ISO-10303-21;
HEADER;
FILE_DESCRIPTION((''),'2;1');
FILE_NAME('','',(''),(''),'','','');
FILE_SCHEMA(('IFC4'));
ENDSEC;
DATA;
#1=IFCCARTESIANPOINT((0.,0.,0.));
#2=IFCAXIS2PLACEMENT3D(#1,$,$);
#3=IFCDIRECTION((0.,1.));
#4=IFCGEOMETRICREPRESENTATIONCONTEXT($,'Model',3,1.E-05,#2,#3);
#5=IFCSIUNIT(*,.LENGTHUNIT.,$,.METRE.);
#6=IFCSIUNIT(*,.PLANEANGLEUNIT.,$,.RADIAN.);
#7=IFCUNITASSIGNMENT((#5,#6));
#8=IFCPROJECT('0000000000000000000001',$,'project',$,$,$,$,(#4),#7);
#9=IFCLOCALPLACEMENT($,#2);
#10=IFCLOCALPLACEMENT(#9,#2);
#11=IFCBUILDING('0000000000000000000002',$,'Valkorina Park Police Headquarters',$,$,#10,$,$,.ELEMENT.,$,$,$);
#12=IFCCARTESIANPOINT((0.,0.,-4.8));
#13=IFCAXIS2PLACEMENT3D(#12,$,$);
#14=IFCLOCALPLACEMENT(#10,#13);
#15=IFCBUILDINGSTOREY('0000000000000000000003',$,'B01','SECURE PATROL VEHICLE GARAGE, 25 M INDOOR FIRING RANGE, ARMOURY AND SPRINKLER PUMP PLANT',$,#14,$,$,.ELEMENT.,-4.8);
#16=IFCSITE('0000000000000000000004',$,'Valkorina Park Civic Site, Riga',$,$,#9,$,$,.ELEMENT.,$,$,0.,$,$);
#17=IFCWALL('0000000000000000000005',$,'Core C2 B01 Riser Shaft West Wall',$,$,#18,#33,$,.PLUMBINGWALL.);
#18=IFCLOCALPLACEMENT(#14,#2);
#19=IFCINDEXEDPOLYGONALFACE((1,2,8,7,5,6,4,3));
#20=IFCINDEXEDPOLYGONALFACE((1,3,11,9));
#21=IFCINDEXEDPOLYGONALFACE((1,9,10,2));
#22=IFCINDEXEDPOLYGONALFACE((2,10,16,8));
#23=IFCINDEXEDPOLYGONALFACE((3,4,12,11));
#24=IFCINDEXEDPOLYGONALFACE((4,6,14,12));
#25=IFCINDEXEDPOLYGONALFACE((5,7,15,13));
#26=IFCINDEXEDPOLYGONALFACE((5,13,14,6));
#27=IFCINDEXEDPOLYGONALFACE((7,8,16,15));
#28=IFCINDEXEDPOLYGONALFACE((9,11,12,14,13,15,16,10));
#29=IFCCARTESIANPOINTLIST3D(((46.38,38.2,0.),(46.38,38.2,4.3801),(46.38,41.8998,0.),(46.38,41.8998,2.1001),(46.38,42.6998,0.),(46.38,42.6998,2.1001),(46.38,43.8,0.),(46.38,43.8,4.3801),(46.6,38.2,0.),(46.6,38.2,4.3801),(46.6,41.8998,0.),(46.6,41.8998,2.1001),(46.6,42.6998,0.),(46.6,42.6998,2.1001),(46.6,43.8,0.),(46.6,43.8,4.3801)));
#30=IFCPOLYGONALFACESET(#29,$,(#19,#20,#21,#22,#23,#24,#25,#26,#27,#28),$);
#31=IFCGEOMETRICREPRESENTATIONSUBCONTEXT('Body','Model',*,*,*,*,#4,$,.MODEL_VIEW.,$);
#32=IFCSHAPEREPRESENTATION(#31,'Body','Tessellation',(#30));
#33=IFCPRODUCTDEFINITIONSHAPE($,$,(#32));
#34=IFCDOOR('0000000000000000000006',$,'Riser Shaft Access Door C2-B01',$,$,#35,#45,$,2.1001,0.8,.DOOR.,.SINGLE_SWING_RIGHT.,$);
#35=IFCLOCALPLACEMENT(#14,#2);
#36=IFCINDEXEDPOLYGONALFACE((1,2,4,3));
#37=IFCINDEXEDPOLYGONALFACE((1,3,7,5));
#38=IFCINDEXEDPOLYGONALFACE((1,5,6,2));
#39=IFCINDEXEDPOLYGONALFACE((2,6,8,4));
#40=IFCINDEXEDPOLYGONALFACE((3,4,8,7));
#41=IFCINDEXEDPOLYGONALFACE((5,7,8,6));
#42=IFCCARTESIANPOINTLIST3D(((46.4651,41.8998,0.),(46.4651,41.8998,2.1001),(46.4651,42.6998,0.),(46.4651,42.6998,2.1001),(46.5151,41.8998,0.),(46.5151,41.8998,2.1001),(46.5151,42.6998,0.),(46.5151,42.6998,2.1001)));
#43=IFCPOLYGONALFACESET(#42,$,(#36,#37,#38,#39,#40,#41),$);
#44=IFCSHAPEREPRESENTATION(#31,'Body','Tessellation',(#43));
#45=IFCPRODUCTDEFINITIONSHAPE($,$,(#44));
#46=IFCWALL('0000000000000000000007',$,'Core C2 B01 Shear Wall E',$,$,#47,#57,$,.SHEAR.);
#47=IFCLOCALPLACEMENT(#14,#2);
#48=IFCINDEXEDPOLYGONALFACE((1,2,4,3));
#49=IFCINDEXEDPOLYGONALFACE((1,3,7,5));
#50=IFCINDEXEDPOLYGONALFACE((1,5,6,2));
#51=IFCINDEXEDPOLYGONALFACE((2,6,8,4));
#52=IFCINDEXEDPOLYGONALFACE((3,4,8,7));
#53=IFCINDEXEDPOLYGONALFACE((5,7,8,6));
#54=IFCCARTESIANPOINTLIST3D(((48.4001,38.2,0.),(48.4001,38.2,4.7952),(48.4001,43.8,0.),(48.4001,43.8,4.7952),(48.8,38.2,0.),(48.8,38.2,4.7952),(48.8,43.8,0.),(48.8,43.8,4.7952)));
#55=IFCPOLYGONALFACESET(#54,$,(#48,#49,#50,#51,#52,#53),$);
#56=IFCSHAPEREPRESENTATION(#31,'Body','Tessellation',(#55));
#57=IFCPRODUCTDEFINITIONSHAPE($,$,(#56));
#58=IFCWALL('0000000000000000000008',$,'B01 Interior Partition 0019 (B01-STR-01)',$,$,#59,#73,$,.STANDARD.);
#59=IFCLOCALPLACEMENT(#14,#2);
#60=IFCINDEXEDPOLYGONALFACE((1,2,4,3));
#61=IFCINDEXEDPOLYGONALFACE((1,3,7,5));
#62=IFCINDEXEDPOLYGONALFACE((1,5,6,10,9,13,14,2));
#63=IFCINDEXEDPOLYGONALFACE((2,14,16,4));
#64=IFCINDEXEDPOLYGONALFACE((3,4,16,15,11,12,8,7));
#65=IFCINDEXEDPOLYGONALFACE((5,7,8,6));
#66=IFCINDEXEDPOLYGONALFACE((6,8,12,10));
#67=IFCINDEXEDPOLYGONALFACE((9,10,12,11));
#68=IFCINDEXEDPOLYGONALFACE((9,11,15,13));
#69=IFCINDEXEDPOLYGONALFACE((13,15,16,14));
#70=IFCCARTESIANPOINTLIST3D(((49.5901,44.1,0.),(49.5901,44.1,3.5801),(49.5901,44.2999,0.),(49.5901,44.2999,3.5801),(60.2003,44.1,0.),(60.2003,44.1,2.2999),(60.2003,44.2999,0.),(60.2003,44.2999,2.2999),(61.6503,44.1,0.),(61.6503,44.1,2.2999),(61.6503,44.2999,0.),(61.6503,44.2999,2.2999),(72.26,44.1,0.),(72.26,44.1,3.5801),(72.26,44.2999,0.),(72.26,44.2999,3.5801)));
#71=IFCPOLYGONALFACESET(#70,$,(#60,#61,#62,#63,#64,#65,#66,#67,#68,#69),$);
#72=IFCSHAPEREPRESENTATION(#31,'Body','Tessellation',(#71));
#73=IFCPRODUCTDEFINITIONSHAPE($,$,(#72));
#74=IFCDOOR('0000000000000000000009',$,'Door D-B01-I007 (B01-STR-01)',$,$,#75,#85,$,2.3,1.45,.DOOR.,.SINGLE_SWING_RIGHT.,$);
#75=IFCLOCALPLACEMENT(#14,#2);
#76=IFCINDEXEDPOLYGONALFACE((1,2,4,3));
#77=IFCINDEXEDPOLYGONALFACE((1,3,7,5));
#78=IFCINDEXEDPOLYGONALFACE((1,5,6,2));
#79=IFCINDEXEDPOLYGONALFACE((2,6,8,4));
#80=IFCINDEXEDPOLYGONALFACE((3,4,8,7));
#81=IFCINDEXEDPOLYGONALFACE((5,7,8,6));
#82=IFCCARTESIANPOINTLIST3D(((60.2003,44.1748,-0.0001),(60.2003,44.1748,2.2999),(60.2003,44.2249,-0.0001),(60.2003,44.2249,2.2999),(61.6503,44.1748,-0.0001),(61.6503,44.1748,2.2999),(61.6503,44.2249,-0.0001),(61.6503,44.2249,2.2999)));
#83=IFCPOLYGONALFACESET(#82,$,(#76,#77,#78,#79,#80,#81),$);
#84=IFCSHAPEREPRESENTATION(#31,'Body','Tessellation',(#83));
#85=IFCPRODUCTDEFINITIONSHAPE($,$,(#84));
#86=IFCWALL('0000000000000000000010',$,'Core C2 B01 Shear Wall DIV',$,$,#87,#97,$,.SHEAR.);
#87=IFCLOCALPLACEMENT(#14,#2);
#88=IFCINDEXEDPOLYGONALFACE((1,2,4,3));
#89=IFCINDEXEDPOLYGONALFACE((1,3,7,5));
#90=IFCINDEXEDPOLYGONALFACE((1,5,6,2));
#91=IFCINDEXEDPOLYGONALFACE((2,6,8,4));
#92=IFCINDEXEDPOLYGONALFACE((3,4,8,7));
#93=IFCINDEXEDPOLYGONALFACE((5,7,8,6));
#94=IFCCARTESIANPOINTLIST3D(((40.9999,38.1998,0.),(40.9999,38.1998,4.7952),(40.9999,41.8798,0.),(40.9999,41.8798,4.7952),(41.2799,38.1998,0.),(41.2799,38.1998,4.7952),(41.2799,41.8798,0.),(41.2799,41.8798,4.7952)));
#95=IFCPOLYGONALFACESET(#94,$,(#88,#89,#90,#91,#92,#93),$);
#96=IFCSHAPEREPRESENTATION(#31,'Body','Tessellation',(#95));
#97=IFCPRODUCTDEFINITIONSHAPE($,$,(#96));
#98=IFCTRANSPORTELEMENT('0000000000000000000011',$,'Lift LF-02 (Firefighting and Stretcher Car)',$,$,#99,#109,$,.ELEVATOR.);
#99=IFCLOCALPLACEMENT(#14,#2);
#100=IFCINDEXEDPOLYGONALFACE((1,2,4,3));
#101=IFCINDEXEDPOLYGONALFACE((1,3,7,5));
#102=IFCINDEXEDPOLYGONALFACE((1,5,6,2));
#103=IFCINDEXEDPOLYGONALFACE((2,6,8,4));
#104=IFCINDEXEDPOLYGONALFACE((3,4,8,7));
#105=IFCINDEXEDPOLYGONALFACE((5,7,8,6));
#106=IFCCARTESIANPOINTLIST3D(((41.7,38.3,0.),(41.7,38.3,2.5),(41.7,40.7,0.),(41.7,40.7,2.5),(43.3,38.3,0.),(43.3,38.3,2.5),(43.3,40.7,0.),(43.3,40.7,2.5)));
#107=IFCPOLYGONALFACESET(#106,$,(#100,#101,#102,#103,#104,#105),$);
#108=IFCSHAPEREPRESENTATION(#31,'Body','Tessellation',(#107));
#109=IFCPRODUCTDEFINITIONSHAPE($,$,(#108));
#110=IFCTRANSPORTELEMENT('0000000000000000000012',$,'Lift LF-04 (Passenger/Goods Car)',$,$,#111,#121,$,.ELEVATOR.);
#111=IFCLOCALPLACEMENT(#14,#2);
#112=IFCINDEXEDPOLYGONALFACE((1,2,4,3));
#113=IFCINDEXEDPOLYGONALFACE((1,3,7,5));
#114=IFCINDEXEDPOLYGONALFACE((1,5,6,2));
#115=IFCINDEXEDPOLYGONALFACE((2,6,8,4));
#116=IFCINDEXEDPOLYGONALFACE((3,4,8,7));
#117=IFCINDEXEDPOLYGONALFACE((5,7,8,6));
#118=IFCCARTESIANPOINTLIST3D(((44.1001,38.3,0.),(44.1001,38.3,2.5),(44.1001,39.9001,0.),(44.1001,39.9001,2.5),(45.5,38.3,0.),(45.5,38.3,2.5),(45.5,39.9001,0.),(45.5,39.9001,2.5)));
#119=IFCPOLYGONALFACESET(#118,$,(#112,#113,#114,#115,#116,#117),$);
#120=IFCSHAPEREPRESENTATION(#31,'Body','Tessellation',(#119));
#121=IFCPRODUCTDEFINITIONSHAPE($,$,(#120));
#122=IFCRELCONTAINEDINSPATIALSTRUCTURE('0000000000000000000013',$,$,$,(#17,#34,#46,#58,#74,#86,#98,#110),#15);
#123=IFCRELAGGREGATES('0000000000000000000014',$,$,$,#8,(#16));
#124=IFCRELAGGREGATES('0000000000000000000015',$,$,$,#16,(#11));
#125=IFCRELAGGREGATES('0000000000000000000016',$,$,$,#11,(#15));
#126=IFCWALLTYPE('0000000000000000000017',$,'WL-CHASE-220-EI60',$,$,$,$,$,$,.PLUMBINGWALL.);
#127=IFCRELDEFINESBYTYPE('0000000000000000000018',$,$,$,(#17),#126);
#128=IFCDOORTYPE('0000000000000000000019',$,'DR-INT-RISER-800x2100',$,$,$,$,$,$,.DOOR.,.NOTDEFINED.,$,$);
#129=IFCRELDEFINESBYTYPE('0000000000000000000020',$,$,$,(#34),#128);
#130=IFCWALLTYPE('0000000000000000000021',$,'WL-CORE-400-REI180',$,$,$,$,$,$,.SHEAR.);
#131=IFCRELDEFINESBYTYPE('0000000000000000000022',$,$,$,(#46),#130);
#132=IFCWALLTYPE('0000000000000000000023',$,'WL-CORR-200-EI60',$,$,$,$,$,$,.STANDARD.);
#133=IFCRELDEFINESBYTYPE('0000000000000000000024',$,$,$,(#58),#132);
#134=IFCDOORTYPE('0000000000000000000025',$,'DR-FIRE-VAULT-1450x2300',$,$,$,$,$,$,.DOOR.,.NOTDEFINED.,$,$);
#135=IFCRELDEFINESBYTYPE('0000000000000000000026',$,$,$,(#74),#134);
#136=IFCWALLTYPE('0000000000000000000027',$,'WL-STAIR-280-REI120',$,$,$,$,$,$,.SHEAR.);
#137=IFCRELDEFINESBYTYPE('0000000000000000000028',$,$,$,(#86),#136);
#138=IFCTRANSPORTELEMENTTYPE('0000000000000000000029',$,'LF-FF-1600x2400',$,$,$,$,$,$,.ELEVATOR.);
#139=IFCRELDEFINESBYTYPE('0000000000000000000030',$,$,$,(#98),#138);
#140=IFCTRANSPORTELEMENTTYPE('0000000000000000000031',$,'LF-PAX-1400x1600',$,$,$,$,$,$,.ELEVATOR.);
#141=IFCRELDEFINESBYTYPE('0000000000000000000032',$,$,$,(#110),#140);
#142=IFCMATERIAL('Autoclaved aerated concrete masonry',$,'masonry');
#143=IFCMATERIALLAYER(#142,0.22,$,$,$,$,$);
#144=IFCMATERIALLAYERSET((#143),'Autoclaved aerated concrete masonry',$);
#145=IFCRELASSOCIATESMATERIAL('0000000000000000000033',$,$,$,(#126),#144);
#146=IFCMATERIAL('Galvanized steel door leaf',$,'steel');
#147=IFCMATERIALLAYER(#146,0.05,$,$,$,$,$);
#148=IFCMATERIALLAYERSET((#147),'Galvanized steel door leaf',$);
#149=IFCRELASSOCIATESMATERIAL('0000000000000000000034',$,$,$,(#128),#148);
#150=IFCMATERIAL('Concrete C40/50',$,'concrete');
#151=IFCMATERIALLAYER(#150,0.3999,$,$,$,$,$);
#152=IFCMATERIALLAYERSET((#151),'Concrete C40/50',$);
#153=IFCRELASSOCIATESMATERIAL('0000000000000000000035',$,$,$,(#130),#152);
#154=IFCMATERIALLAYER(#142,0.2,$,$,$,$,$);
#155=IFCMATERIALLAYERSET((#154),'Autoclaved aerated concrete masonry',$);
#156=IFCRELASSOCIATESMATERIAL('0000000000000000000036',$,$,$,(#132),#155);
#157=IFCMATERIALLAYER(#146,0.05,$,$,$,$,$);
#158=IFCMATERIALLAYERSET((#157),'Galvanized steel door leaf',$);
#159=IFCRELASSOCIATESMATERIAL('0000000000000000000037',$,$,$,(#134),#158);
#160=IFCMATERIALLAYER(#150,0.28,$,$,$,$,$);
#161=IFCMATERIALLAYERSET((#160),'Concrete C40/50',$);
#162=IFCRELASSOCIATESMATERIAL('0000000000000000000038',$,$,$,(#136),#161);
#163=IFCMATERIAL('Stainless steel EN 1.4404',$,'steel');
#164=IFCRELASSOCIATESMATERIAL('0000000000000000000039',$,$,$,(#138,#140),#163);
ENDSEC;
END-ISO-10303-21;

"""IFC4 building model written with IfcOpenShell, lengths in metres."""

from ifc_helpers import new_model, si_unit, direction, frame, frame_2d, origin, origin_2d, place, context, subcontext, project, spatial, rectangle, extrude, material, layer, layer_set, type_object, element, fill, save


model = new_model("IFC4")

# Units and contexts
model_context = context("Model", 3, precision=1e-05, world=origin(), true_north=direction((0.0, 1.0)))
body_context = subcontext(model_context, "Body", "Model", "MODEL_VIEW")
ifc_project = project(units=[si_unit("LENGTHUNIT", "METRE"), si_unit("PLANEANGLEUNIT", "RADIAN")], contexts=[model_context])

# Site, building, storey
site_placement = place(None, origin())
site = spatial("IfcSite", under=ifc_project, at=site_placement, Name="Valkorina Park Civic Site, Riga", CompositionType="ELEMENT", RefElevation=0.0)
building_placement = place(site_placement, origin())
building = spatial("IfcBuilding", under=site, at=building_placement, Name="Valkorina Park Police Headquarters", CompositionType="ELEMENT")
storey_placement = place(building_placement, frame((0.0, 0.0, -4.8)))
storey = spatial("IfcBuildingStorey", under=building, at=storey_placement, Name="B01", Description="SECURE PATROL VEHICLE GARAGE, 25 M INDOOR FIRING RANGE, ARMOURY AND SPRINKLER PUMP PLANT", CompositionType="ELEMENT", Elevation=-4.8)

# Shared definitions
ifc_material_1 = material(Name="Concrete C40/50", Category="concrete")

# Shared definitions
ifc_material_2 = material(Name="Autoclaved aerated concrete masonry", Category="masonry")
ifc_layer_1 = layer(ifc_material_2, 0.22)
ifc_layer_set_1 = layer_set([ifc_layer_1], Name="Autoclaved aerated concrete masonry")
wall_type_1 = type_object("IfcWallType", Name="WL-CHASE-220-EI60", PredefinedType="PLUMBINGWALL", material=ifc_layer_set_1)
ifc_material_3 = material(Name="Stainless steel EN 1.4404", Category="steel")

# Wall, opening, door
wall_1_placement = place(storey_placement, frame((46.49, 38.2, 0.0), z_axis=(0.0, 0.0, 1.0), x_axis=(0.0, 1.0, 0.0)))
wall_1 = element("IfcWall", 1, at=wall_1_placement, inside=storey, type_object=wall_type_1, Name="Core C2 B01 Riser Shaft West Wall", PredefinedType="PLUMBINGWALL", context=body_context, shape_type="SweptSolid", body=[
    extrude(rectangle(XDim=5.6001, YDim=0.22, at=frame_2d((2.8, 0.0))), origin(), (0.0, 0.0, 1.0), 4.3801),
])
opening_1_placement = place(wall_1_placement, frame((3.7, 0.0, 0.0)))
opening_1 = element("IfcOpeningElement", 2, at=opening_1_placement, cuts=wall_1, PredefinedType="OPENING", context=body_context, shape_type="SweptSolid", body=[
    extrude(rectangle(XDim=0.8, YDim=2.1001, at=frame_2d((0.3999, 1.05))), frame((0.0, 0.1201, 0.0), z_axis=(0.0, -1.0, 0.0), x_axis=(1.0, 0.0, 0.0)), (0.0, 0.0, 1.0), 0.24),
])
ifc_material_4 = material(Name="Galvanized steel door leaf", Category="steel")
ifc_layer_2 = layer(ifc_material_4, 0.05)
ifc_layer_set_2 = layer_set([ifc_layer_2], Name="Galvanized steel door leaf")
door_type_1 = type_object("IfcDoorType", Name="DR-INT-RISER-800x2100", OperationType="NOTDEFINED", PredefinedType="DOOR", material=ifc_layer_set_2)
door_1_placement = place(opening_1_placement, origin())
door_1 = element("IfcDoor", 3, at=door_1_placement, inside=storey, type_object=door_type_1, Name="Riser Shaft Access Door C2-B01", OperationType="SINGLE_SWING_RIGHT", OverallHeight=2.1001, OverallWidth=0.8, PredefinedType="DOOR", context=body_context, shape_type="SweptSolid", body=[
    extrude(rectangle(XDim=0.8, YDim=2.1001, at=frame_2d((0.3999, 1.05))), frame((0.0, 0.0249, 0.0), z_axis=(0.0, -1.0, 0.0), x_axis=(1.0, 0.0, 0.0)), (0.0, 0.0, 1.0), 0.05),
])
fill(opening_1, door_1)

# Wall
ifc_layer_3 = layer(ifc_material_1, 0.3999)
ifc_layer_set_3 = layer_set([ifc_layer_3], Name="Concrete C40/50")
wall_type_2 = type_object("IfcWallType", Name="WL-CORE-400-REI180", PredefinedType="SHEAR", material=ifc_layer_set_3)
wall_2_placement = place(storey_placement, frame((48.6001, 38.2, 0.0), z_axis=(0.0, 0.0, 1.0), x_axis=(0.0, 1.0, 0.0)))
element("IfcWall", 4, at=wall_2_placement, inside=storey, type_object=wall_type_2, Name="Core C2 B01 Shear Wall E", PredefinedType="SHEAR", context=body_context, shape_type="SweptSolid", body=[
    extrude(rectangle(XDim=5.6001, YDim=0.3999, at=frame_2d((2.8, 0.0))), origin(), (0.0, 0.0, 1.0), 4.7952),
])

# Wall, opening, door
ifc_layer_4 = layer(ifc_material_2, 0.2)
ifc_layer_set_4 = layer_set([ifc_layer_4], Name="Autoclaved aerated concrete masonry")
wall_type_3 = type_object("IfcWallType", Name="WL-CORR-200-EI60", PredefinedType="STANDARD", material=ifc_layer_set_4)
wall_3_placement = place(storey_placement, frame((49.5901, 44.2, 0.0), z_axis=(0.0, 0.0, 1.0), x_axis=(1.0, 0.0, 0.0)))
wall_3 = element("IfcWall", 5, at=wall_3_placement, inside=storey, type_object=wall_type_3, Name="B01 Interior Partition 0019 (B01-STR-01)", PredefinedType="STANDARD", context=body_context, shape_type="SweptSolid", body=[
    extrude(rectangle(XDim=22.6699, YDim=0.2, at=frame_2d((11.335, 0.0))), origin(), (0.0, 0.0, 1.0), 3.5801),
])
opening_2_placement = place(wall_3_placement, frame((10.6101, 0.0, 0.0)))
opening_2 = element("IfcOpeningElement", 6, at=opening_2_placement, cuts=wall_3, PredefinedType="OPENING", context=body_context, shape_type="SweptSolid", body=[
    extrude(rectangle(XDim=1.45, YDim=2.3, at=frame_2d((0.7251, 1.1499))), frame((0.0, 0.1099, 0.0), z_axis=(0.0, -1.0, 0.0), x_axis=(1.0, 0.0, 0.0)), (0.0, 0.0, 1.0), 0.22),
])
ifc_layer_5 = layer(ifc_material_4, 0.05)
ifc_layer_set_5 = layer_set([ifc_layer_5], Name="Galvanized steel door leaf")
door_type_2 = type_object("IfcDoorType", Name="DR-FIRE-VAULT-1450x2300", OperationType="NOTDEFINED", PredefinedType="DOOR", material=ifc_layer_set_5)
door_2_placement = place(opening_2_placement, origin())
door_2 = element("IfcDoor", 7, at=door_2_placement, inside=storey, type_object=door_type_2, Name="Door D-B01-I007 (B01-STR-01)", OperationType="SINGLE_SWING_RIGHT", OverallHeight=2.3, OverallWidth=1.45, PredefinedType="DOOR", context=body_context, shape_type="SweptSolid", body=[
    extrude(rectangle(XDim=1.45, YDim=2.3, at=frame_2d((0.7251, 1.1499))), frame((0.0, 0.0249, 0.0), z_axis=(0.0, -1.0, 0.0), x_axis=(1.0, 0.0, 0.0)), (0.0, 0.0, 1.0), 0.05),
])
fill(opening_2, door_2)

# Wall
ifc_layer_6 = layer(ifc_material_1, 0.28)
ifc_layer_set_6 = layer_set([ifc_layer_6], Name="Concrete C40/50")
wall_type_4 = type_object("IfcWallType", Name="WL-STAIR-280-REI120", PredefinedType="SHEAR", material=ifc_layer_set_6)
wall_4_placement = place(storey_placement, frame((41.1399, 38.2, 0.0), z_axis=(0.0, 0.0, 1.0), x_axis=(0.0, 1.0, 0.0)))
element("IfcWall", 8, at=wall_4_placement, inside=storey, type_object=wall_type_4, Name="Core C2 B01 Shear Wall DIV", PredefinedType="SHEAR", context=body_context, shape_type="SweptSolid", body=[
    extrude(rectangle(XDim=3.6799, YDim=0.28, at=frame_2d((1.8398, 0.0))), origin(), (0.0, 0.0, 1.0), 4.7952),
])

# Transport elements
transport_element_type_1 = type_object("IfcTransportElementType", Name="LF-FF-1600x2400", PredefinedType="ELEVATOR", material=ifc_material_3)
transport_element_1_placement = place(storey_placement, frame((42.5, 39.5, 0.0), z_axis=(0.0, 0.0, 1.0), x_axis=(1.0, 0.0, 0.0)))
element("IfcTransportElement", 9, at=transport_element_1_placement, inside=storey, type_object=transport_element_type_1, Name="Lift LF-02 (Firefighting and Stretcher Car)", PredefinedType="ELEVATOR", context=body_context, shape_type="SweptSolid", body=[
    extrude(rectangle(XDim=1.6001, YDim=2.3999, at=origin_2d()), origin(), (0.0, 0.0, 1.0), 2.5),
])
transport_element_type_2 = type_object("IfcTransportElementType", Name="LF-PAX-1400x1600", PredefinedType="ELEVATOR", material=ifc_material_3)
transport_element_2_placement = place(storey_placement, frame((44.8, 39.1001, 0.0), z_axis=(0.0, 0.0, 1.0), x_axis=(1.0, 0.0, 0.0)))
element("IfcTransportElement", 10, at=transport_element_2_placement, inside=storey, type_object=transport_element_type_2, Name="Lift LF-04 (Passenger/Goods Car)", PredefinedType="ELEVATOR", context=body_context, shape_type="SweptSolid", body=[
    extrude(rectangle(XDim=1.3999, YDim=1.6001, at=origin_2d()), origin(), (0.0, 0.0, 1.0), 2.5),
])

save(model, "model.ifc")
